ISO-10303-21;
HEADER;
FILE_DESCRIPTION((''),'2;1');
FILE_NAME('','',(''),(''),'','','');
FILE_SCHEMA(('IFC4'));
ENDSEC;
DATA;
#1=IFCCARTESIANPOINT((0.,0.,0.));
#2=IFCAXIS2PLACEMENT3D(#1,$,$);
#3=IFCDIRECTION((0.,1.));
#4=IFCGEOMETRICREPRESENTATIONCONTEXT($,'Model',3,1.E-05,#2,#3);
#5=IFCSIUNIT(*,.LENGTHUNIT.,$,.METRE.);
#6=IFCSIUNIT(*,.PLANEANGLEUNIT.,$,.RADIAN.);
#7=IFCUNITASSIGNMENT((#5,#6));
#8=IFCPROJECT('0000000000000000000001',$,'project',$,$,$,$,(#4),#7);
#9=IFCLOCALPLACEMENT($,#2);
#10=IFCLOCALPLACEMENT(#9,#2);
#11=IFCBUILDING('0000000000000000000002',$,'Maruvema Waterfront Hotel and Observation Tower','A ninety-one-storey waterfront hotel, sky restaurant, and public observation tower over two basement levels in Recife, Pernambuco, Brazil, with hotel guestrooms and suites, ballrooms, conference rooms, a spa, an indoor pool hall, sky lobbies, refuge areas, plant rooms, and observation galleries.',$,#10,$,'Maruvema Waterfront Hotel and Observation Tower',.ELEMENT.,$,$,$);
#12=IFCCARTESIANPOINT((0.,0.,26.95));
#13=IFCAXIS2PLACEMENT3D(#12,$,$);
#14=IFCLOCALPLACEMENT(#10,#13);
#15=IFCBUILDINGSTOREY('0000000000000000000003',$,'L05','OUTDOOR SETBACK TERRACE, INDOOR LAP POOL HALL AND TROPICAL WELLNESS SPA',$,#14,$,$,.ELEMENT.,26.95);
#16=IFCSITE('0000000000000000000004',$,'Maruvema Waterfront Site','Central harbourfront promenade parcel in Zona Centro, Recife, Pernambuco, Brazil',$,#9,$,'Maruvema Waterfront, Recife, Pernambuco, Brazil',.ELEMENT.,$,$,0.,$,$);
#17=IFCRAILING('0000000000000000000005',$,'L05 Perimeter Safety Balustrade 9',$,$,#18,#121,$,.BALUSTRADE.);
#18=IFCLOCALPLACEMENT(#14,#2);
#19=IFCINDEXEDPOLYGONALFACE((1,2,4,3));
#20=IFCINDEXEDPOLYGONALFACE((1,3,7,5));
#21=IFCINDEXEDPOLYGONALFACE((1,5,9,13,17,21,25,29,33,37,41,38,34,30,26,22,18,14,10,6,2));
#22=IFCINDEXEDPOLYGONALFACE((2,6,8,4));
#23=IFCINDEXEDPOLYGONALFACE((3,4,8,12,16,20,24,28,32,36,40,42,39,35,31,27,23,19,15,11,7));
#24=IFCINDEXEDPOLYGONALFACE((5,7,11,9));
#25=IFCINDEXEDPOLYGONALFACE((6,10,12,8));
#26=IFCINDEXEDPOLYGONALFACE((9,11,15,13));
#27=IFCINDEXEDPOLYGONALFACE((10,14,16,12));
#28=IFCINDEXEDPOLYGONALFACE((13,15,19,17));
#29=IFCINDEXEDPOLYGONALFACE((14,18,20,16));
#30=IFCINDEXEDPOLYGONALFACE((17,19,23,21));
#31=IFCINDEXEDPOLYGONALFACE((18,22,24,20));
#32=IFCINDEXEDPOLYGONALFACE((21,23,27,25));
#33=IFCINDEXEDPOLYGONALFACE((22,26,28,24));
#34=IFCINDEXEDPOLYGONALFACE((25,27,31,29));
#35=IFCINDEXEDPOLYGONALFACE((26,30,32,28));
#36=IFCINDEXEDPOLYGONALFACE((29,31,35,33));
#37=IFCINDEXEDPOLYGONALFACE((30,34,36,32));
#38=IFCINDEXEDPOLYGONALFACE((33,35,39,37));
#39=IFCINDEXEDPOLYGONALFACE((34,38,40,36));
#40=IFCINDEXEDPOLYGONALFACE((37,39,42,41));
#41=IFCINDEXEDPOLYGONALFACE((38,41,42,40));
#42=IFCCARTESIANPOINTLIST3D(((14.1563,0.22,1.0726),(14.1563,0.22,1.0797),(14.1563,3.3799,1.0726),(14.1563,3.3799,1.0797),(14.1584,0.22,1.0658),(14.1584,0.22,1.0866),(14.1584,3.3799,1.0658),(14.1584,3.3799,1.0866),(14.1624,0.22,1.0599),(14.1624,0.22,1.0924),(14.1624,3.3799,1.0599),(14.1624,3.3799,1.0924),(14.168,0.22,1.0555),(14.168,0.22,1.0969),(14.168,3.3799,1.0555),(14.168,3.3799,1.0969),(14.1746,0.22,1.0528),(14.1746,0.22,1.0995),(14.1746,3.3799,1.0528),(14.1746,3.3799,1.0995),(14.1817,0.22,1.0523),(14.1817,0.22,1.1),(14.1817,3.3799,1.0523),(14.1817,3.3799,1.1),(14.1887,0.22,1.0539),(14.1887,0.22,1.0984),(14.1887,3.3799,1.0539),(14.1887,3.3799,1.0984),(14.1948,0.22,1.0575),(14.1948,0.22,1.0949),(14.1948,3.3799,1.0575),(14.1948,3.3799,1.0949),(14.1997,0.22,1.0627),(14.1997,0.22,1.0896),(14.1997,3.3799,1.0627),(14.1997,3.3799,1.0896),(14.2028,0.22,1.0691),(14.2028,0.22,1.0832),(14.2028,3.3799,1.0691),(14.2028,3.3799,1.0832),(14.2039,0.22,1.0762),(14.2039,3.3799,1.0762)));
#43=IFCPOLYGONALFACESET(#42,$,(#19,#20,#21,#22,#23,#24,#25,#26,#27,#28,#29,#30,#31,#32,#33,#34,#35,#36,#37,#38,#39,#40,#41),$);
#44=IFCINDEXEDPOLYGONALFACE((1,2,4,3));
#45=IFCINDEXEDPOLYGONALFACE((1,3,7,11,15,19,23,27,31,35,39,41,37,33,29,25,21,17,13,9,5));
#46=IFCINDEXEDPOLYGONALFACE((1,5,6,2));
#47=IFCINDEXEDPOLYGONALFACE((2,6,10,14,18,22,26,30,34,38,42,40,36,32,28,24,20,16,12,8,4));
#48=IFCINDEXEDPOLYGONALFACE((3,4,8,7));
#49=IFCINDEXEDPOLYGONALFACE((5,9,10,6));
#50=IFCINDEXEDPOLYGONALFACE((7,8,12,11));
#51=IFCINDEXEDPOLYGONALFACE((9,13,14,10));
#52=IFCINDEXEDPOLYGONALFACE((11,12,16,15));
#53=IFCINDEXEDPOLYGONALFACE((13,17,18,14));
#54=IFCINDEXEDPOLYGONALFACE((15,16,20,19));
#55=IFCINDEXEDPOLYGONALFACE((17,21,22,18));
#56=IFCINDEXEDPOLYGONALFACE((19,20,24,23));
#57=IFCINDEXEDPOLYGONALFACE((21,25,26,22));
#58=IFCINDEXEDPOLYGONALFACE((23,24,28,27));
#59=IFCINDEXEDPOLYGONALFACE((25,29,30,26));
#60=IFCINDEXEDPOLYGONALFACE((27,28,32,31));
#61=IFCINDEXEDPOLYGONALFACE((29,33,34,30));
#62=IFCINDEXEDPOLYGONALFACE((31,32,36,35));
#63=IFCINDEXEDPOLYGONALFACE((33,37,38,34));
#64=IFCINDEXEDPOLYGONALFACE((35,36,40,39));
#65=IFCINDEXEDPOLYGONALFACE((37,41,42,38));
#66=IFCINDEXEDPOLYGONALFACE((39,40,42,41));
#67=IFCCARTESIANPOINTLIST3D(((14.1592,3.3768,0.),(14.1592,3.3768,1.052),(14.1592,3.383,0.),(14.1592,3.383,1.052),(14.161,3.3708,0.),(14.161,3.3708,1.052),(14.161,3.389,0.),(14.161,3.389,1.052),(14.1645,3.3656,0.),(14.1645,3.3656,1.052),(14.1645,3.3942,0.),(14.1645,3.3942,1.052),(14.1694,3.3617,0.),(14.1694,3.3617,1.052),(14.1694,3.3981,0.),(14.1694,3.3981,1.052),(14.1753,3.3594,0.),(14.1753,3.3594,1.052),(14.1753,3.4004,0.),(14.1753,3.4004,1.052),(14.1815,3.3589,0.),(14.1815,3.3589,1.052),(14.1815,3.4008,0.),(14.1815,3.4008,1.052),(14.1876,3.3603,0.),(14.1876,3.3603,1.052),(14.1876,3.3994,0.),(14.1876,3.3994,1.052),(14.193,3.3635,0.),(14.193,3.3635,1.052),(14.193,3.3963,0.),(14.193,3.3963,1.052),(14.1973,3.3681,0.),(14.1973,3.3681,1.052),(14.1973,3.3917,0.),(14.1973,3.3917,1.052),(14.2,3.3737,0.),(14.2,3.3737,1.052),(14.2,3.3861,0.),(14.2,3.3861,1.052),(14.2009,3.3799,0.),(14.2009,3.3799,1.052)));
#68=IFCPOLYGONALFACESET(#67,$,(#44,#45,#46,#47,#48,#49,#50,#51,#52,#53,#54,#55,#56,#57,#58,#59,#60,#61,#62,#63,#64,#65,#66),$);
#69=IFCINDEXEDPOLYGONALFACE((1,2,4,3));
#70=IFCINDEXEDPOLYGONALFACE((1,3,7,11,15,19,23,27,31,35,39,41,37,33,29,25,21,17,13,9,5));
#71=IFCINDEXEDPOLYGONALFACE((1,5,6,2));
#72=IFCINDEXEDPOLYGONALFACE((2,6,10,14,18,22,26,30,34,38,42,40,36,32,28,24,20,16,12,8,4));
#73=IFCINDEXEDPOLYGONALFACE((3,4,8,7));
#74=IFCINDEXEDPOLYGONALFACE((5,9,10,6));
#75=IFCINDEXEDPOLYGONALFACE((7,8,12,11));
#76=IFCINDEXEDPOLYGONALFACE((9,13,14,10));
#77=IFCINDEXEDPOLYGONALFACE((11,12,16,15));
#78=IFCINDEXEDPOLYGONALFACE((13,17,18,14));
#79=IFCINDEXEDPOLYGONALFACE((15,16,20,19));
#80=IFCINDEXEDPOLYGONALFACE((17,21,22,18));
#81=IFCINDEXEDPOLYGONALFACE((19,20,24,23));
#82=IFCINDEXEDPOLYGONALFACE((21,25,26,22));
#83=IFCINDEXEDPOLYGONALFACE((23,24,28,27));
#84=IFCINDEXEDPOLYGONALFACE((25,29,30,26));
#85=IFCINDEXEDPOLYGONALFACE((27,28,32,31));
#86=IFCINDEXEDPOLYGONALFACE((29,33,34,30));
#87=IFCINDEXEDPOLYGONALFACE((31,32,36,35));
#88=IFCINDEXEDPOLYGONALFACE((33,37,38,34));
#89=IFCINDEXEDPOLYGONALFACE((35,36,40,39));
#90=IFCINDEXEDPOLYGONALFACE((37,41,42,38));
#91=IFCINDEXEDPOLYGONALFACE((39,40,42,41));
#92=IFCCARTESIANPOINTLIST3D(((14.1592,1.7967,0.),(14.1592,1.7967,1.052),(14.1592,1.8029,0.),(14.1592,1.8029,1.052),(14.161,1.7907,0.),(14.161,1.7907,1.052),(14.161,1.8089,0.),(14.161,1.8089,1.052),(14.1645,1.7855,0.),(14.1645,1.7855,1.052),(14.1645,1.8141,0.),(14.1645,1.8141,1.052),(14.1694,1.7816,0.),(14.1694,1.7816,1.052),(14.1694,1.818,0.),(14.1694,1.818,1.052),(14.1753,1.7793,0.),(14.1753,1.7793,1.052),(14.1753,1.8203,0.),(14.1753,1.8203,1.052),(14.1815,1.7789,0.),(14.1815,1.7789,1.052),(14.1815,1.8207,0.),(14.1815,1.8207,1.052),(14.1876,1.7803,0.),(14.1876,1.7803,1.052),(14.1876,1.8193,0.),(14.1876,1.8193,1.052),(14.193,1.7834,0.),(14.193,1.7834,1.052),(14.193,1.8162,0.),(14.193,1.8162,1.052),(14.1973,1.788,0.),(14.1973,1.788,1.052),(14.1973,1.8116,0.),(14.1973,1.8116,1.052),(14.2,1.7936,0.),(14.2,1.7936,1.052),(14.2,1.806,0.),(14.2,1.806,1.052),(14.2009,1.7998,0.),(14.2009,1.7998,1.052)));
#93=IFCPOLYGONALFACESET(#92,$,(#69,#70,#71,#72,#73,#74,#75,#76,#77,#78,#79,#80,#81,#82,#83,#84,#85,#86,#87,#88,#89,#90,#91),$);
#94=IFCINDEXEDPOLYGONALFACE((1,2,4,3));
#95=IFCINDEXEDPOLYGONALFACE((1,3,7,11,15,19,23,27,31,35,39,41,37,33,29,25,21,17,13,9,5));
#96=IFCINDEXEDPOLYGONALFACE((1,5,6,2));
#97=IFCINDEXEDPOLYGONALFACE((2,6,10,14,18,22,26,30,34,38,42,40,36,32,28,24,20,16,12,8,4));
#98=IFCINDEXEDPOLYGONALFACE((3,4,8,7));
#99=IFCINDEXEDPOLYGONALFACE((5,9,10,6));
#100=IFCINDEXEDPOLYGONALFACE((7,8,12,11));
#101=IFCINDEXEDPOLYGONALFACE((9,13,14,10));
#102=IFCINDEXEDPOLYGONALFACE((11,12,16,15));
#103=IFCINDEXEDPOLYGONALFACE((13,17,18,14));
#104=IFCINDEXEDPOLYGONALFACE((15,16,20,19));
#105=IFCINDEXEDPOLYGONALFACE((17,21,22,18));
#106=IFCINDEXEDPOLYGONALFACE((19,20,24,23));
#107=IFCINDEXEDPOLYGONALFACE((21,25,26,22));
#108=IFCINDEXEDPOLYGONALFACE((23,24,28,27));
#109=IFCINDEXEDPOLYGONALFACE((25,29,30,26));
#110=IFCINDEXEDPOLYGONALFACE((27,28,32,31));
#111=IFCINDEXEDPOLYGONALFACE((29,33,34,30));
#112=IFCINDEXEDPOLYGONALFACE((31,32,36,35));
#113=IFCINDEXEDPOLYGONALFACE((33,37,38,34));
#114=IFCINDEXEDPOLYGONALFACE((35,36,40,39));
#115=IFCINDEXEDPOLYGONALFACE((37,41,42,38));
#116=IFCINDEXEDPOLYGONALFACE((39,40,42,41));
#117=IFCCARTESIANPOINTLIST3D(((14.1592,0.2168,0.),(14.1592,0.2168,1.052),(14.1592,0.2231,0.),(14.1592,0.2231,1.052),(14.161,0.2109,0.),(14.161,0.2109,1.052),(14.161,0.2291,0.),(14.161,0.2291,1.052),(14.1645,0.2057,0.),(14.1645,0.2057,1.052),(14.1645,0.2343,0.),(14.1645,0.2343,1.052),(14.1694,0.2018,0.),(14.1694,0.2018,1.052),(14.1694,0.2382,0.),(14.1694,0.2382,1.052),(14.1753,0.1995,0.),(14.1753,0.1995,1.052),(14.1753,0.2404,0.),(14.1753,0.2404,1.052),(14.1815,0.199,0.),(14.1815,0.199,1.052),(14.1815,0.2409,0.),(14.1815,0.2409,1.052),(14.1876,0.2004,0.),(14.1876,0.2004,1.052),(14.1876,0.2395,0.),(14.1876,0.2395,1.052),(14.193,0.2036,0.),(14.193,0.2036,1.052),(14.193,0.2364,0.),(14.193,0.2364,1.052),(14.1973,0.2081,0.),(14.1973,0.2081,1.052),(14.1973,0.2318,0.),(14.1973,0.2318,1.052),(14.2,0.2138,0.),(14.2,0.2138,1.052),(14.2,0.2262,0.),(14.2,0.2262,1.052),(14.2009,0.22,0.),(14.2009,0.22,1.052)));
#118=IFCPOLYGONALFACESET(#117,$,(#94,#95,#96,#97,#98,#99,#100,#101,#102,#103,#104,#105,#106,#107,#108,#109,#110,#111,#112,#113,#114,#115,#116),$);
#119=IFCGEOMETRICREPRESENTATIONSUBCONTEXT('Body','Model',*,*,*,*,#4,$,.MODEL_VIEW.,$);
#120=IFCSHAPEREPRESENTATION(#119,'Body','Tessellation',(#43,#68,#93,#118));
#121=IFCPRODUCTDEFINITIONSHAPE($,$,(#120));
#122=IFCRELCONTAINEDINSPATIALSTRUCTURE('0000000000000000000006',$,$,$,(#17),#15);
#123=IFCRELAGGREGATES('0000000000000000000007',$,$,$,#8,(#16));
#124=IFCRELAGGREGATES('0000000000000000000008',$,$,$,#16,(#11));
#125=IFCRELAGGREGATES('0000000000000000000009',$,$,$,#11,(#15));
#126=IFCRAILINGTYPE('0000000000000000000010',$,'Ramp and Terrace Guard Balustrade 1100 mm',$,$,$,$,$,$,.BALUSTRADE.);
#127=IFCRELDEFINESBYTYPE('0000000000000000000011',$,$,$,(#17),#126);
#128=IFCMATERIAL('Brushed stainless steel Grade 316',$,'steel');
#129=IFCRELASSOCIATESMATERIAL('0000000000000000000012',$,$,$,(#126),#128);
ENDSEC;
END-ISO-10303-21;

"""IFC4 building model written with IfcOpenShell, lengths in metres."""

from ifc_helpers import new_model, si_unit, direction, frame, origin, origin_2d, place, context, subcontext, project, spatial, circle, extrude, material, type_object, element, save


model = new_model("IFC4")

# Units and contexts
model_context = context("Model", 3, precision=1e-05, world=origin(), true_north=direction((0.0, 1.0)))
body_context = subcontext(model_context, "Body", "Model", "MODEL_VIEW")
ifc_project = project(units=[si_unit("LENGTHUNIT", "METRE"), si_unit("PLANEANGLEUNIT", "RADIAN")], contexts=[model_context])

# Site, building, storey
site_placement = place(None, origin())
site = spatial("IfcSite", under=ifc_project, at=site_placement, Name="Maruvema Waterfront Site", Description="Central harbourfront promenade parcel in Zona Centro, Recife, Pernambuco, Brazil", LongName="Maruvema Waterfront, Recife, Pernambuco, Brazil", CompositionType="ELEMENT", RefElevation=0.0)
building_placement = place(site_placement, origin())
building = spatial("IfcBuilding", under=site, at=building_placement, Name="Maruvema Waterfront Hotel and Observation Tower", Description="A ninety-one-storey waterfront hotel, sky restaurant, and public observation tower over two basement levels in Recife, Pernambuco, Brazil, with hotel guestrooms and suites, ballrooms, conference rooms, a spa, an indoor pool hall, sky lobbies, refuge areas, plant rooms, and observation galleries.", LongName="Maruvema Waterfront Hotel and Observation Tower", CompositionType="ELEMENT")
storey_placement = place(building_placement, frame((0.0, 0.0, 26.95)))
storey = spatial("IfcBuildingStorey", under=building, at=storey_placement, Name="L05", Description="OUTDOOR SETBACK TERRACE, INDOOR LAP POOL HALL AND TROPICAL WELLNESS SPA", CompositionType="ELEMENT", Elevation=26.95)

# Railing
ifc_material_1 = material(Name="Brushed stainless steel Grade 316", Category="steel")
railing_type = type_object("IfcRailingType", Name="Ramp and Terrace Guard Balustrade 1100 mm", PredefinedType="BALUSTRADE", material=ifc_material_1)
railing_1_placement = place(storey_placement, frame((14.1799, 3.3799, 0.0)))
element("IfcRailing", 1, at=railing_1_placement, inside=storey, type_object=railing_type, Name="L05 Perimeter Safety Balustrade 9", PredefinedType="BALUSTRADE", context=body_context, shape_type="SweptSolid", body=[
    extrude(circle(Radius=0.0239, at=origin_2d()), frame((0.0, 0.0, 1.0762), z_axis=(0.0, -1.0, 0.0), x_axis=(1.0, 0.0, 0.0)), (0.0, 0.0, 1.0), 3.1599),
    extrude(circle(Radius=0.021, at=origin_2d()), origin(), (0.0, 0.0, 1.0), 1.052),
    extrude(circle(Radius=0.021, at=origin_2d()), frame((0.0, -1.5801, 0.0)), (0.0, 0.0, 1.0), 1.052),
    extrude(circle(Radius=0.021, at=origin_2d()), frame((0.0, -3.1599, 0.0)), (0.0, 0.0, 1.0), 1.052),
])

save(model, "model.ifc")
